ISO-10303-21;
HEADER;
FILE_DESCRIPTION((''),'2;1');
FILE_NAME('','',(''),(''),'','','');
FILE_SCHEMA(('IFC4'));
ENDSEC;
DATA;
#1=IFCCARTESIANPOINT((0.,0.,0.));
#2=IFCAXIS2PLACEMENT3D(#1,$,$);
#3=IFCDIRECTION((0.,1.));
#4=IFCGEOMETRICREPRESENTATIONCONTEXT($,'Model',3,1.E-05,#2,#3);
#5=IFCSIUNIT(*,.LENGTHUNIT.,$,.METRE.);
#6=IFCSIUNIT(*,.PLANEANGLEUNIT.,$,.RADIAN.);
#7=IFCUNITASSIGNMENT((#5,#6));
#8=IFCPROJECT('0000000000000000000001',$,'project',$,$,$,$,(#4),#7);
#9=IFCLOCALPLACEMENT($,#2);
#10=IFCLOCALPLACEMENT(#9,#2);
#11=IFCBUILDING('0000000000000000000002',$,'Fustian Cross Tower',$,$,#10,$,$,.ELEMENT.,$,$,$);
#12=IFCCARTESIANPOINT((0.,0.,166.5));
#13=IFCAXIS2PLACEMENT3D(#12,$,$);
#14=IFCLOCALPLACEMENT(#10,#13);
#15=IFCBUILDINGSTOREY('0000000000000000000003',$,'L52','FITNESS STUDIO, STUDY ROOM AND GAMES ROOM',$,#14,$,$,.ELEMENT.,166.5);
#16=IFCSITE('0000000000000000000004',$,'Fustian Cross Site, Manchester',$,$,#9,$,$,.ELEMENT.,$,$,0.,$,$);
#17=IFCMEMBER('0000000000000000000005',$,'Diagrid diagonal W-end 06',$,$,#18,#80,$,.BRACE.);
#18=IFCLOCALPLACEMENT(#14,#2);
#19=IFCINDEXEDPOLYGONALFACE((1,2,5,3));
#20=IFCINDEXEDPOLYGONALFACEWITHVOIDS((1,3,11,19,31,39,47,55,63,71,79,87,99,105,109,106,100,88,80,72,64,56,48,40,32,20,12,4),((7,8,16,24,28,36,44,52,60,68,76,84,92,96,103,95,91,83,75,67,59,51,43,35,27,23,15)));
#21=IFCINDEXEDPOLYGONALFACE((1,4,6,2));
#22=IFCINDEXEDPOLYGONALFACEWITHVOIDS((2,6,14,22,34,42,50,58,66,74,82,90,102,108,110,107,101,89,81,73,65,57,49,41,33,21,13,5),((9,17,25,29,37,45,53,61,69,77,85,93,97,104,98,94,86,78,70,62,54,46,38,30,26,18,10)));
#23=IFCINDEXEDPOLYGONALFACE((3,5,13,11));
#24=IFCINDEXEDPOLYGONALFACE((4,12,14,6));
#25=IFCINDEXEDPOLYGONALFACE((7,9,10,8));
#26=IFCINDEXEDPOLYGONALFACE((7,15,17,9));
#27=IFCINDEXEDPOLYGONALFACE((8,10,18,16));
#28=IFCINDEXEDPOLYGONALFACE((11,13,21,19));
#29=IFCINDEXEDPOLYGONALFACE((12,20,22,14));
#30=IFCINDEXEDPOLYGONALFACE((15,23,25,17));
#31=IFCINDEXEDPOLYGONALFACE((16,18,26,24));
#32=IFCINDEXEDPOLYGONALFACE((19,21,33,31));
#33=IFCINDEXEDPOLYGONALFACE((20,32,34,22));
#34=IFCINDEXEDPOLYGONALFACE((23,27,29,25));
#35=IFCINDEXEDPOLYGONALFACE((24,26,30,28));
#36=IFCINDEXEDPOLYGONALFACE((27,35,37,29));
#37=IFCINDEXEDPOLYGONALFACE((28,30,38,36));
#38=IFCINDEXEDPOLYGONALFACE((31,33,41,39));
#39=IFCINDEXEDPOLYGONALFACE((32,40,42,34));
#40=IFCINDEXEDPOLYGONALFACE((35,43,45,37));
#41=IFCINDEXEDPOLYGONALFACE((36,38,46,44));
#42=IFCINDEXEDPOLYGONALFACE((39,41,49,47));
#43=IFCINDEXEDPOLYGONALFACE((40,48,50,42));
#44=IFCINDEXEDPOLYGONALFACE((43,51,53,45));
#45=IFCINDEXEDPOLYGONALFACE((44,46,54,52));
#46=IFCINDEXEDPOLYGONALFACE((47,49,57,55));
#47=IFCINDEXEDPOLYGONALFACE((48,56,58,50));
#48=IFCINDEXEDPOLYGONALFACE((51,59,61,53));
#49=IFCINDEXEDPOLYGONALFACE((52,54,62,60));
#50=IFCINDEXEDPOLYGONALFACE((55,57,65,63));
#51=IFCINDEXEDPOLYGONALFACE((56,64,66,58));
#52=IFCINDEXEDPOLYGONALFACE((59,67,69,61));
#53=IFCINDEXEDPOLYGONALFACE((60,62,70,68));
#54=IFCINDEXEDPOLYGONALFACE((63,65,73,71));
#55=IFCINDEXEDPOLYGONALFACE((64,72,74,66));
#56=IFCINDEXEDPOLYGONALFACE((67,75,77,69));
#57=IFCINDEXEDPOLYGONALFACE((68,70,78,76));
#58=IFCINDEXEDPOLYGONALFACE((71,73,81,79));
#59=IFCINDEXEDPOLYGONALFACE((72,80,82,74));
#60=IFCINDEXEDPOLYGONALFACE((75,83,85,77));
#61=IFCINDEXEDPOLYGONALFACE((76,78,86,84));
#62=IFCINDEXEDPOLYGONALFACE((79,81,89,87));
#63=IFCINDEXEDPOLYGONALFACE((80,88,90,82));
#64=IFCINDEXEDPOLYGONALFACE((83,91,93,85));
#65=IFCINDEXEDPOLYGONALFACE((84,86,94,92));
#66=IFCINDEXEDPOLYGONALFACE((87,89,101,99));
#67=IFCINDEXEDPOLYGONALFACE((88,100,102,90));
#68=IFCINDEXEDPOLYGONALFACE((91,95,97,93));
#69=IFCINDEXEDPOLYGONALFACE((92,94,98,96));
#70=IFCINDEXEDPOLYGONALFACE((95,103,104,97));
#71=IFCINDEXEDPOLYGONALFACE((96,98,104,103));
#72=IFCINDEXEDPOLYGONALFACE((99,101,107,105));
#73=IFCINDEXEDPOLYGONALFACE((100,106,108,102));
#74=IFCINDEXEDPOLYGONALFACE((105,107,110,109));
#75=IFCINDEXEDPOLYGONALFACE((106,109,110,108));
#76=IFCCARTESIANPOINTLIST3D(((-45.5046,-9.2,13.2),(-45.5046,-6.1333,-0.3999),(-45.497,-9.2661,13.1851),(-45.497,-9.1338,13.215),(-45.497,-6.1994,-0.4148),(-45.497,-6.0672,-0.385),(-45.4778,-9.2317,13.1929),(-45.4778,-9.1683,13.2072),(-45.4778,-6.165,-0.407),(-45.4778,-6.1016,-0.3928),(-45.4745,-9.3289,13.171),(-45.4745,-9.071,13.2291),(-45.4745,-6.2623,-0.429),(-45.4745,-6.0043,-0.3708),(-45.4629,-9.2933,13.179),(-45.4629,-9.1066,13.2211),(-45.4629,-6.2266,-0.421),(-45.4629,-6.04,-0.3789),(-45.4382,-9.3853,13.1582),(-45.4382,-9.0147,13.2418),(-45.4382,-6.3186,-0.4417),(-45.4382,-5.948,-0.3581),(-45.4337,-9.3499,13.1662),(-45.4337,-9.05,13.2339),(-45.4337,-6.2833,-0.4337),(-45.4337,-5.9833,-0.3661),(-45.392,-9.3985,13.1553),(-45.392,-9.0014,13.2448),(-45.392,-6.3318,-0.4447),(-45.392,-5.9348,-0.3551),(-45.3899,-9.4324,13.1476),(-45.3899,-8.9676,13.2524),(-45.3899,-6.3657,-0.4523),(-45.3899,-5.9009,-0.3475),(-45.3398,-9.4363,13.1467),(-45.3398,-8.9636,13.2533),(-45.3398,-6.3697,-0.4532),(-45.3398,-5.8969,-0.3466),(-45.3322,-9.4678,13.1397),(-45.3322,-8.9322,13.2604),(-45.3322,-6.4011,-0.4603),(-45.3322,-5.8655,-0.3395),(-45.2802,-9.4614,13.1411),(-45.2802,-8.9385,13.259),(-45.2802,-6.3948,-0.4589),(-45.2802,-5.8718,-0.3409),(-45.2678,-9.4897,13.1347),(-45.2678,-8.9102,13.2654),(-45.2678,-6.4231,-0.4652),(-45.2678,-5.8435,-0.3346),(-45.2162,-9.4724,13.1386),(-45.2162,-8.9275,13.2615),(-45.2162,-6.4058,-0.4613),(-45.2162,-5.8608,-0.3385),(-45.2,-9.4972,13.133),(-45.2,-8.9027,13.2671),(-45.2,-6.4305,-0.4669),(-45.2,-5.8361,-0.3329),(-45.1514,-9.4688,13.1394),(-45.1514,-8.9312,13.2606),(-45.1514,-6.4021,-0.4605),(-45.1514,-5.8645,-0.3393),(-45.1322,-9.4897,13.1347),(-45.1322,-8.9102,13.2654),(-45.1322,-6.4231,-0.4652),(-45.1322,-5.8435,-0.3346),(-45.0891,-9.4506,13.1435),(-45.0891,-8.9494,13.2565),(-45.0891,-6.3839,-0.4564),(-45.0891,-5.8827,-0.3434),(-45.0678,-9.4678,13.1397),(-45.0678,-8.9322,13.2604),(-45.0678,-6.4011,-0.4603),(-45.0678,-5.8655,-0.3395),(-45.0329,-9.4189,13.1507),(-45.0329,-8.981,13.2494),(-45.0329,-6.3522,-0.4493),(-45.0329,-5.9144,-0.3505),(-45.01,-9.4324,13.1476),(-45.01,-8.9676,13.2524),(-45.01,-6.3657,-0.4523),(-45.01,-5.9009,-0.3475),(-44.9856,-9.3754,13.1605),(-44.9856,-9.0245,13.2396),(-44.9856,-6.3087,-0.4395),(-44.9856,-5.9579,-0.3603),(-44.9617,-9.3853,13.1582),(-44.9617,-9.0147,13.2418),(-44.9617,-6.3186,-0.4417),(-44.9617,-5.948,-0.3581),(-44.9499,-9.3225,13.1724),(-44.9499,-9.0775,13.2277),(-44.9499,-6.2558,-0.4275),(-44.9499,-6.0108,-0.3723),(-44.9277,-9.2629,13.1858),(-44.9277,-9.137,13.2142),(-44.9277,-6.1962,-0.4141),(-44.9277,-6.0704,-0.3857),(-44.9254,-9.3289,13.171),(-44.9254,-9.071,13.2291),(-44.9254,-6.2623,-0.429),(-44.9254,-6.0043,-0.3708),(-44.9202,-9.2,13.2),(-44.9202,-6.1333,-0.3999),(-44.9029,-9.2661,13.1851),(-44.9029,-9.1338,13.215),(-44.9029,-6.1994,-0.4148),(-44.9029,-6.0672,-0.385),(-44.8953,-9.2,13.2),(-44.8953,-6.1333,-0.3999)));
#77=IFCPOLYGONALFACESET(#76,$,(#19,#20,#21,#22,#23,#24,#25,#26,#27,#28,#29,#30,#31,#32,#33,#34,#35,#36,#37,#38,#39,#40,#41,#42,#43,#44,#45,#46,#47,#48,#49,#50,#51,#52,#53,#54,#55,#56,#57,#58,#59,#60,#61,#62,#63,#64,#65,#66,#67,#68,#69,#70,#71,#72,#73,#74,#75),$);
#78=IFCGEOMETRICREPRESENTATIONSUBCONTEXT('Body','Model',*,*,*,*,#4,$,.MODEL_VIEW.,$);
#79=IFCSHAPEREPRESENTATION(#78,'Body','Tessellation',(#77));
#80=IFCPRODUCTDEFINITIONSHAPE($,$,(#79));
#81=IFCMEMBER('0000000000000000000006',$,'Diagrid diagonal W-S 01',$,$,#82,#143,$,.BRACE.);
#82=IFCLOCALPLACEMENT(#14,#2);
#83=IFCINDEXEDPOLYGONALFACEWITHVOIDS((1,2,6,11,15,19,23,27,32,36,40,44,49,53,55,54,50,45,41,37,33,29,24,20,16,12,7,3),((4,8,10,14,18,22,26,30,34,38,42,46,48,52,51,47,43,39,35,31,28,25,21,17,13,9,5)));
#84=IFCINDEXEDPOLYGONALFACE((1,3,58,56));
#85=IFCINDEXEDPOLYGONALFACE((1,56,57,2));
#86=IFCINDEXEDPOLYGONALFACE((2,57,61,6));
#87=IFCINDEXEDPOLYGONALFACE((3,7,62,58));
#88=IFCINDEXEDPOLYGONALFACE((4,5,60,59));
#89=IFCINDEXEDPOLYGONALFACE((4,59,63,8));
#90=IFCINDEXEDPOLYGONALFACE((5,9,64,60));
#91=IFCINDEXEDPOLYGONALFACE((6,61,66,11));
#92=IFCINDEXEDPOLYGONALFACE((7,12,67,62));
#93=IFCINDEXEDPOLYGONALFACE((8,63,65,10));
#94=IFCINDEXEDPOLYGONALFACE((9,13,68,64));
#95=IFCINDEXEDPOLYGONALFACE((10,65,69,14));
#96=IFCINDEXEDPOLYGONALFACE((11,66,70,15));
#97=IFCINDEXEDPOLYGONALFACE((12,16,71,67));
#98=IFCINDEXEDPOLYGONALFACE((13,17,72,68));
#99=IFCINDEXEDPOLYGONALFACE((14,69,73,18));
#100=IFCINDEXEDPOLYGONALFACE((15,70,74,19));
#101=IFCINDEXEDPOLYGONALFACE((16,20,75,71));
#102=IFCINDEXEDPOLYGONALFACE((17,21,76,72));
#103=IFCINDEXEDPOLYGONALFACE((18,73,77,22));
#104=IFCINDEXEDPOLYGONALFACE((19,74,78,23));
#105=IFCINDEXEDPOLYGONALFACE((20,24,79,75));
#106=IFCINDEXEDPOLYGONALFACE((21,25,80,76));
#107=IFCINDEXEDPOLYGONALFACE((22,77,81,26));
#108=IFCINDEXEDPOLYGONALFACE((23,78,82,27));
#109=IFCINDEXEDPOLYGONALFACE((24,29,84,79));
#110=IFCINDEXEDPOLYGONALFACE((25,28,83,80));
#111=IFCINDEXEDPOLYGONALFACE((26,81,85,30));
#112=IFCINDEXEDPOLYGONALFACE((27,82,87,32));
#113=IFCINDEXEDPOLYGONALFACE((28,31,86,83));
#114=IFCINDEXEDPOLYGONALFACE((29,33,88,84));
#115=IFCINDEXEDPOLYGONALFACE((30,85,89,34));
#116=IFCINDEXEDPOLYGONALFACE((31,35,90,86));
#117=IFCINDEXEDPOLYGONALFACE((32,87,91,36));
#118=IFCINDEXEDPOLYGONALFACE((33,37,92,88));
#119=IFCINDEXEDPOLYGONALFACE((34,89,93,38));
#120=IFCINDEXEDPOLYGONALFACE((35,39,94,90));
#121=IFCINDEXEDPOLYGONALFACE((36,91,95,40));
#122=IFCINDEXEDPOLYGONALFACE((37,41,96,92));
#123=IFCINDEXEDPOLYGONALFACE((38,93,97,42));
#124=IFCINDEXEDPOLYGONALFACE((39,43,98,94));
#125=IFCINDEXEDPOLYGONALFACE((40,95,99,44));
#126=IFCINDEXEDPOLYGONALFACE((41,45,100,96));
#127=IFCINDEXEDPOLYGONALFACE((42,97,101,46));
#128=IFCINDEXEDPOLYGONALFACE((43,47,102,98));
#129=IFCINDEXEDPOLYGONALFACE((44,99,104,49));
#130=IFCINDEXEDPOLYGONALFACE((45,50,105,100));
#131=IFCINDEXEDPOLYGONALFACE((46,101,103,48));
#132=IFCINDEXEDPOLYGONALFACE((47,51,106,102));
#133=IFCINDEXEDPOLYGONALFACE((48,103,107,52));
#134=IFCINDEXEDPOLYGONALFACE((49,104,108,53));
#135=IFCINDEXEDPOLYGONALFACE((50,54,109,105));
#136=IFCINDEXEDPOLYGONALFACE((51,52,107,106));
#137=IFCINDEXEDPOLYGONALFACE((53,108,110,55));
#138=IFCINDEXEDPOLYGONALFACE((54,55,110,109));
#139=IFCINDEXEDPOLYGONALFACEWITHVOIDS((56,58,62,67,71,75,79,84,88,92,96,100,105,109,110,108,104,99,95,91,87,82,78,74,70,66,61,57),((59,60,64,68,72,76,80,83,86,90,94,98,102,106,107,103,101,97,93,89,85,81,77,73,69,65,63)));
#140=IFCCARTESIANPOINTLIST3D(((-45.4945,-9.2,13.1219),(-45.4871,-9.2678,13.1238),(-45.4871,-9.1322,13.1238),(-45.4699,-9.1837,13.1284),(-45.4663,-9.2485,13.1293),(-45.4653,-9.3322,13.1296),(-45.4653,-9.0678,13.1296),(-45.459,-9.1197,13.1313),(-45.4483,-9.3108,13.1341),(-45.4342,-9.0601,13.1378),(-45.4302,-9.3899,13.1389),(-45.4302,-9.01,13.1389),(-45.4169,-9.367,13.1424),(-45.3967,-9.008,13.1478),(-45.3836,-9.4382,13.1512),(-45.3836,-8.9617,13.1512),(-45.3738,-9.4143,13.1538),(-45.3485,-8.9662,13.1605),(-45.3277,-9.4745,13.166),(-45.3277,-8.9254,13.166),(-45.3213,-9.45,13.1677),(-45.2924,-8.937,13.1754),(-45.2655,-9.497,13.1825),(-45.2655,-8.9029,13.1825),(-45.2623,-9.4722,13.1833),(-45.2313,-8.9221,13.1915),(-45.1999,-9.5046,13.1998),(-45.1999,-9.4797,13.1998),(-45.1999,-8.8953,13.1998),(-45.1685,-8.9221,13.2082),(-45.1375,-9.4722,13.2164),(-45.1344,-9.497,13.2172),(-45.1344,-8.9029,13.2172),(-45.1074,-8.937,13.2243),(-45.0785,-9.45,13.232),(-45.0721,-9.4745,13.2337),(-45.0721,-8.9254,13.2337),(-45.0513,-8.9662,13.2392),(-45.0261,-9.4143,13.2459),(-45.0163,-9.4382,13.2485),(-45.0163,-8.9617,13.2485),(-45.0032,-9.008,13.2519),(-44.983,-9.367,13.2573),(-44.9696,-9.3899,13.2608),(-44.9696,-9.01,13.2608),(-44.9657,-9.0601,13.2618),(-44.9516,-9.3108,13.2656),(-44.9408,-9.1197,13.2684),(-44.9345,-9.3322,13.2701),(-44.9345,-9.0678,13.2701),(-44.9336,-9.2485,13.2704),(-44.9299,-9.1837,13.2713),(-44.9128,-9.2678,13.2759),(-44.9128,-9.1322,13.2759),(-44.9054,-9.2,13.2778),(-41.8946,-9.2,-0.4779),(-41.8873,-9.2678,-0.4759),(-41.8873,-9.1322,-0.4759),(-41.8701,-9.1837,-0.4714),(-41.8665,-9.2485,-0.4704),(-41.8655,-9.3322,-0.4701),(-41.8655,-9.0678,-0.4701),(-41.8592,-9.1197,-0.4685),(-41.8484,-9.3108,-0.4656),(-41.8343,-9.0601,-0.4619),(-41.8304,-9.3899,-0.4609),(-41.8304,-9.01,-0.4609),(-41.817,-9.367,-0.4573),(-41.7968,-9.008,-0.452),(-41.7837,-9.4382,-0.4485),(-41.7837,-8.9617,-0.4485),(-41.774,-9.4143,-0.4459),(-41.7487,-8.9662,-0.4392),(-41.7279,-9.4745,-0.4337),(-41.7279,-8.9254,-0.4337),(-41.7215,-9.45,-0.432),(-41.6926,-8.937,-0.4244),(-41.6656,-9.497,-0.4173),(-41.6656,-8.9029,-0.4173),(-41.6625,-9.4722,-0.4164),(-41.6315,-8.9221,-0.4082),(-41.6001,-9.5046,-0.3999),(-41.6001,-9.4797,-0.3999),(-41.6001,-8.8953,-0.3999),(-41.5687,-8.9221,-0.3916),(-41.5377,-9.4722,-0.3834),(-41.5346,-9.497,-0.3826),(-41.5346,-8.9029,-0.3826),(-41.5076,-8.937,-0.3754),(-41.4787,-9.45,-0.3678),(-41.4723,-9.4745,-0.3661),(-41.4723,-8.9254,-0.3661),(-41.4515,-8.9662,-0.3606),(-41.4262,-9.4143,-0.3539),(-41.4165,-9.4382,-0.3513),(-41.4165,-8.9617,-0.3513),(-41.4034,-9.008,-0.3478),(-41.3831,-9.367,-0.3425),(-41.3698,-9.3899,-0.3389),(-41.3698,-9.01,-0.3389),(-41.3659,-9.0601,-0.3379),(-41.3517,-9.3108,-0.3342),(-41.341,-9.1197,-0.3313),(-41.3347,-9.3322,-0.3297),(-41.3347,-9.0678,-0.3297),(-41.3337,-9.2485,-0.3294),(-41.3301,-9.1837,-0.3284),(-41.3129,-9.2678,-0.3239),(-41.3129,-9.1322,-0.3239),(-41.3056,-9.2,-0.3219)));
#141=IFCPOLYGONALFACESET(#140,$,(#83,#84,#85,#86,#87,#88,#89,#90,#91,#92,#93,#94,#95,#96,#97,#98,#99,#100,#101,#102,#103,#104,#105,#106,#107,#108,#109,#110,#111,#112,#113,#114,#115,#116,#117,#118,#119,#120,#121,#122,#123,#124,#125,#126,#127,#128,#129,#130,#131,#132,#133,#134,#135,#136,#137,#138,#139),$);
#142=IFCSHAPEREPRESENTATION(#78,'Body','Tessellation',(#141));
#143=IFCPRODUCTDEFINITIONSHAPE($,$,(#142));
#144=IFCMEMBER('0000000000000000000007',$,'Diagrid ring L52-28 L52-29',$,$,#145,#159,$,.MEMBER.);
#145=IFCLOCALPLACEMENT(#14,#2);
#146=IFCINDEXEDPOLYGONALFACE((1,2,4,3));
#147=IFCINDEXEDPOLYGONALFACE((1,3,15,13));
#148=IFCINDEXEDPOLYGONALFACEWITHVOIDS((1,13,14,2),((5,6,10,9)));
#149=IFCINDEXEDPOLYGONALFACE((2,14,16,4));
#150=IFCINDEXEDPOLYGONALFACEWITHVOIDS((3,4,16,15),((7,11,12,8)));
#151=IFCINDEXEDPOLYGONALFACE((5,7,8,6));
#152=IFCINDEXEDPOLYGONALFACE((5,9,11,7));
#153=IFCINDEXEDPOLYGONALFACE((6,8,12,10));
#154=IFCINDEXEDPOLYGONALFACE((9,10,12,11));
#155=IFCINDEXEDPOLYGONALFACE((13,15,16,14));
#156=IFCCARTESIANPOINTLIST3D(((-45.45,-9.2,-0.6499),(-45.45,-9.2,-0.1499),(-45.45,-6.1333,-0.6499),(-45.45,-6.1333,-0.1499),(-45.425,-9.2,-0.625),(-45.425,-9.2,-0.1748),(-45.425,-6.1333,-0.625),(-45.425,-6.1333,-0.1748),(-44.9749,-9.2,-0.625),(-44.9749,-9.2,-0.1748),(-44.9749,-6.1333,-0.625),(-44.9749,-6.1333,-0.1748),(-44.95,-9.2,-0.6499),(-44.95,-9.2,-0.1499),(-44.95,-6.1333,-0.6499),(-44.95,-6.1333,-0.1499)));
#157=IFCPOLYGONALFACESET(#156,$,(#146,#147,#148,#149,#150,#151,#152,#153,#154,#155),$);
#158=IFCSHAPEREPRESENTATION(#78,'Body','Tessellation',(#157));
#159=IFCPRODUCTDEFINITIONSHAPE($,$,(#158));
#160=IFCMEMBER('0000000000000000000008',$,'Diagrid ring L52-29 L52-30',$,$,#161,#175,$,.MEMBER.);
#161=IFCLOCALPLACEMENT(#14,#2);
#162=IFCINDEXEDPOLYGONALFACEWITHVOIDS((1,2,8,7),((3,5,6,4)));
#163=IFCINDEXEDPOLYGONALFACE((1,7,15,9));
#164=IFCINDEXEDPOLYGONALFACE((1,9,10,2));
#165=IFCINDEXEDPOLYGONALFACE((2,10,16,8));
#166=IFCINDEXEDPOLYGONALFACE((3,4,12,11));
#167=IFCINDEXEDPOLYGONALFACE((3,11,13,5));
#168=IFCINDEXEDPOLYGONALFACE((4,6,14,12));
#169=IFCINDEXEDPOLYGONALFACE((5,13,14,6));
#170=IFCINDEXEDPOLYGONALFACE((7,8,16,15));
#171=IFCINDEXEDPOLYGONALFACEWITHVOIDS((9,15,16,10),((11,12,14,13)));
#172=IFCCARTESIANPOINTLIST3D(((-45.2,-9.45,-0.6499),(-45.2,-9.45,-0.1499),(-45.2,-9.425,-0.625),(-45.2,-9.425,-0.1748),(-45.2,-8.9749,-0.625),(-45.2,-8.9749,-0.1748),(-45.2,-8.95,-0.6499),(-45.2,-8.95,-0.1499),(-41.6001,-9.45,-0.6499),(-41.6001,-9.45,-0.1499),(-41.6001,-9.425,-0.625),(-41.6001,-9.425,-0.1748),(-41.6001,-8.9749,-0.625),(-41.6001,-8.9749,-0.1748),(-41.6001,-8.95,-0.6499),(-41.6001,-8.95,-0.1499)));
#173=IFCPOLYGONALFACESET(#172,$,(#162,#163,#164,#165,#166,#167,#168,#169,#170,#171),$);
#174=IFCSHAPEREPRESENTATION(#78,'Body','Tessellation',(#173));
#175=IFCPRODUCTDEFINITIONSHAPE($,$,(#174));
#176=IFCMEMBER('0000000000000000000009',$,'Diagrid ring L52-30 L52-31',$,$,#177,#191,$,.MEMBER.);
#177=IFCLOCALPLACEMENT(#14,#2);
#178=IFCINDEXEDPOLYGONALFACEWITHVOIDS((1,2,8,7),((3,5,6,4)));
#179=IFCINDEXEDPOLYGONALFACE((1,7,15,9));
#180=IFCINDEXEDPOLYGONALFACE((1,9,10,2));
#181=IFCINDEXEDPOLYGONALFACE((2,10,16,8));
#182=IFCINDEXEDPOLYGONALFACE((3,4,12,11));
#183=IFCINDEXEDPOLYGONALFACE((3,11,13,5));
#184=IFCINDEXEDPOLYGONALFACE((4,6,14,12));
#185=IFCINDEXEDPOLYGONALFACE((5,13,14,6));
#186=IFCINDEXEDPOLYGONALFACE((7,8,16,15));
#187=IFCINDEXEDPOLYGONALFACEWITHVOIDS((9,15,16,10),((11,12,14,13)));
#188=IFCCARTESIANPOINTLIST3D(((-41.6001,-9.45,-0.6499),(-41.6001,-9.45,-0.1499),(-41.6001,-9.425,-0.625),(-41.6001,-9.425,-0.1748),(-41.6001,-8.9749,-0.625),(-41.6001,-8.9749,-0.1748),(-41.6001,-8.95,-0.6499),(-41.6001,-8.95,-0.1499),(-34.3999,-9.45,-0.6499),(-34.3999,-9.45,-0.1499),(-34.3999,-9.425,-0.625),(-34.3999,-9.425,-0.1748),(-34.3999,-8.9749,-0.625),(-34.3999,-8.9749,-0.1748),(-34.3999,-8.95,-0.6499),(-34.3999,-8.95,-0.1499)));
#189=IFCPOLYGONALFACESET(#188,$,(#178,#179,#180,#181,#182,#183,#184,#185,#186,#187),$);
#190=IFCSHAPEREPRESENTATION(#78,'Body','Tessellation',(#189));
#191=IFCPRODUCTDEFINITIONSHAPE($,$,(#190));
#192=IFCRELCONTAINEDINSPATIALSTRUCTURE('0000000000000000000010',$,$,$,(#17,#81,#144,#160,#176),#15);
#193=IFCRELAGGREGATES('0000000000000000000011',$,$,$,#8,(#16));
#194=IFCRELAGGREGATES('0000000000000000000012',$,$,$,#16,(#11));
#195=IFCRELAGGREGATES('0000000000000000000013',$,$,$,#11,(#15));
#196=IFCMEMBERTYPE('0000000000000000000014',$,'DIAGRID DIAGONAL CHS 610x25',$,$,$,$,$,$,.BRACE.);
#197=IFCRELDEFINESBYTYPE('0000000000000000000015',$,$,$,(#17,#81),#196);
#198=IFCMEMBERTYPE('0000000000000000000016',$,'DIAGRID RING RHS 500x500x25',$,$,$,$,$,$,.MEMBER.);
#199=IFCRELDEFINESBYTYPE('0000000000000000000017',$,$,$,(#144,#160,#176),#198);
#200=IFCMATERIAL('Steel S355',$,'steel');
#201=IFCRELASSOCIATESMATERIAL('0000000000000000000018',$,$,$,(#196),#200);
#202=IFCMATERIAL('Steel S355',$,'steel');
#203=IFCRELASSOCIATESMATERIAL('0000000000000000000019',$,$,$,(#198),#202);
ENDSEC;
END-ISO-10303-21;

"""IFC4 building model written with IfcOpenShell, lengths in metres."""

from ifc_helpers import new_model, si_unit, direction, frame, origin, origin_2d, place, context, subcontext, project, spatial, hollow_rectangle, hollow_circle, extrude, material, material_profile, profile_set, type_object, element, save


model = new_model("IFC4")

# Units and contexts
model_context = context("Model", 3, precision=1e-05, world=origin(), true_north=direction((0.0, 1.0)))
body_context = subcontext(model_context, "Body", "Model", "MODEL_VIEW")
ifc_project = project(units=[si_unit("LENGTHUNIT", "METRE"), si_unit("PLANEANGLEUNIT", "RADIAN")], contexts=[model_context])

# Site, building, storey
site_placement = place(None, origin())
site = spatial("IfcSite", under=ifc_project, at=site_placement, Name="Fustian Cross Site, Manchester", CompositionType="ELEMENT", RefElevation=0.0)
building_placement = place(site_placement, origin())
building = spatial("IfcBuilding", under=site, at=building_placement, Name="Fustian Cross Tower", CompositionType="ELEMENT")
storey_placement = place(building_placement, frame((0.0, 0.0, 166.5)))
storey = spatial("IfcBuildingStorey", under=building, at=storey_placement, Name="L52", Description="FITNESS STUDIO, STUDY ROOM AND GAMES ROOM", CompositionType="ELEMENT", Elevation=166.5)

# Members
ifc_material_1 = material(Name="Steel S355", Category="steel")
ifc_material_profile_1 = material_profile(ifc_material_1, hollow_circle(Radius=0.3047, WallThickness=0.0249, at=origin_2d()), Name="CHS 610x25")
ifc_profile_set_1 = profile_set([ifc_material_profile_1], Name="Steel S355")
member_type_1 = type_object("IfcMemberType", Name="DIAGRID DIAGONAL CHS 610x25", PredefinedType="BRACE", material=ifc_profile_set_1)
for number, where, z_axis, x_axis, name in (
    (1, (-45.2, -6.1333, -0.3999), (0.0, -0.219968, 0.975507), (1.0, 0.0, 0.0), "Diagrid diagonal W-end 06"),
):
    element("IfcMember", number, at=place(storey_placement, frame(where, z_axis=z_axis, x_axis=x_axis)), inside=storey, type_object=member_type_1, Name=name, PredefinedType="BRACE", context=body_context, shape_type="SweptSolid", body=[
        extrude(hollow_circle(Radius=0.3047, WallThickness=0.0249, at=origin_2d()), origin(), (0.0, 0.0, 1.0), 13.9414),
    ])
member_1_placement = place(storey_placement, frame((-41.6001, -9.2, -0.3999), z_axis=(-0.255885, 0.0, 0.966707), x_axis=(0.0, -1.0, 0.0)))
element("IfcMember", 2, at=member_1_placement, inside=storey, type_object=member_type_1, Name="Diagrid diagonal W-S 01", PredefinedType="BRACE", context=body_context, shape_type="SweptSolid", body=[
    extrude(hollow_circle(Radius=0.3047, WallThickness=0.0249, at=origin_2d()), origin(), (0.0, 0.0, 1.0), 14.0681),
])
ifc_material_2 = material(Name="Steel S355", Category="steel")
ifc_material_profile_2 = material_profile(ifc_material_2, hollow_rectangle(XDim=0.5, YDim=0.5, WallThickness=0.0249, at=origin_2d()), Name="RHS 500x500x25")
ifc_profile_set_2 = profile_set([ifc_material_profile_2], Name="Steel S355")
member_type_2 = type_object("IfcMemberType", Name="DIAGRID RING RHS 500x500x25", PredefinedType="MEMBER", material=ifc_profile_set_2)
member_2_placement = place(storey_placement, frame((-45.2, -6.1333, -0.3999), z_axis=(0.0, -1.0, 0.0), x_axis=(1.0, 0.0, 0.0)))
element("IfcMember", 3, at=member_2_placement, inside=storey, type_object=member_type_2, Name="Diagrid ring L52-28 L52-29", PredefinedType="MEMBER", context=body_context, shape_type="SweptSolid", body=[
    extrude(hollow_rectangle(XDim=0.5, YDim=0.5, WallThickness=0.0249, at=origin_2d()), origin(), (0.0, 0.0, 1.0), 3.0667),
])
member_3_placement = place(storey_placement, frame((-45.2, -9.2, -0.3999), z_axis=(1.0, 0.0, 0.0), x_axis=(0.0, 1.0, 0.0)))
element("IfcMember", 4, at=member_3_placement, inside=storey, type_object=member_type_2, Name="Diagrid ring L52-29 L52-30", PredefinedType="MEMBER", context=body_context, shape_type="SweptSolid", body=[
    extrude(hollow_rectangle(XDim=0.5, YDim=0.5, WallThickness=0.0249, at=origin_2d()), origin(), (0.0, 0.0, 1.0), 3.5999),
])
member_4_placement = place(storey_placement, frame((-41.6001, -9.2, -0.3999), z_axis=(1.0, 0.0, 0.0), x_axis=(0.0, 1.0, 0.0)))
element("IfcMember", 5, at=member_4_placement, inside=storey, type_object=member_type_2, Name="Diagrid ring L52-30 L52-31", PredefinedType="MEMBER", context=body_context, shape_type="SweptSolid", body=[
    extrude(hollow_rectangle(XDim=0.5, YDim=0.5, WallThickness=0.0249, at=origin_2d()), origin(), (0.0, 0.0, 1.0), 7.2002),
])

save(model, "model.ifc")
